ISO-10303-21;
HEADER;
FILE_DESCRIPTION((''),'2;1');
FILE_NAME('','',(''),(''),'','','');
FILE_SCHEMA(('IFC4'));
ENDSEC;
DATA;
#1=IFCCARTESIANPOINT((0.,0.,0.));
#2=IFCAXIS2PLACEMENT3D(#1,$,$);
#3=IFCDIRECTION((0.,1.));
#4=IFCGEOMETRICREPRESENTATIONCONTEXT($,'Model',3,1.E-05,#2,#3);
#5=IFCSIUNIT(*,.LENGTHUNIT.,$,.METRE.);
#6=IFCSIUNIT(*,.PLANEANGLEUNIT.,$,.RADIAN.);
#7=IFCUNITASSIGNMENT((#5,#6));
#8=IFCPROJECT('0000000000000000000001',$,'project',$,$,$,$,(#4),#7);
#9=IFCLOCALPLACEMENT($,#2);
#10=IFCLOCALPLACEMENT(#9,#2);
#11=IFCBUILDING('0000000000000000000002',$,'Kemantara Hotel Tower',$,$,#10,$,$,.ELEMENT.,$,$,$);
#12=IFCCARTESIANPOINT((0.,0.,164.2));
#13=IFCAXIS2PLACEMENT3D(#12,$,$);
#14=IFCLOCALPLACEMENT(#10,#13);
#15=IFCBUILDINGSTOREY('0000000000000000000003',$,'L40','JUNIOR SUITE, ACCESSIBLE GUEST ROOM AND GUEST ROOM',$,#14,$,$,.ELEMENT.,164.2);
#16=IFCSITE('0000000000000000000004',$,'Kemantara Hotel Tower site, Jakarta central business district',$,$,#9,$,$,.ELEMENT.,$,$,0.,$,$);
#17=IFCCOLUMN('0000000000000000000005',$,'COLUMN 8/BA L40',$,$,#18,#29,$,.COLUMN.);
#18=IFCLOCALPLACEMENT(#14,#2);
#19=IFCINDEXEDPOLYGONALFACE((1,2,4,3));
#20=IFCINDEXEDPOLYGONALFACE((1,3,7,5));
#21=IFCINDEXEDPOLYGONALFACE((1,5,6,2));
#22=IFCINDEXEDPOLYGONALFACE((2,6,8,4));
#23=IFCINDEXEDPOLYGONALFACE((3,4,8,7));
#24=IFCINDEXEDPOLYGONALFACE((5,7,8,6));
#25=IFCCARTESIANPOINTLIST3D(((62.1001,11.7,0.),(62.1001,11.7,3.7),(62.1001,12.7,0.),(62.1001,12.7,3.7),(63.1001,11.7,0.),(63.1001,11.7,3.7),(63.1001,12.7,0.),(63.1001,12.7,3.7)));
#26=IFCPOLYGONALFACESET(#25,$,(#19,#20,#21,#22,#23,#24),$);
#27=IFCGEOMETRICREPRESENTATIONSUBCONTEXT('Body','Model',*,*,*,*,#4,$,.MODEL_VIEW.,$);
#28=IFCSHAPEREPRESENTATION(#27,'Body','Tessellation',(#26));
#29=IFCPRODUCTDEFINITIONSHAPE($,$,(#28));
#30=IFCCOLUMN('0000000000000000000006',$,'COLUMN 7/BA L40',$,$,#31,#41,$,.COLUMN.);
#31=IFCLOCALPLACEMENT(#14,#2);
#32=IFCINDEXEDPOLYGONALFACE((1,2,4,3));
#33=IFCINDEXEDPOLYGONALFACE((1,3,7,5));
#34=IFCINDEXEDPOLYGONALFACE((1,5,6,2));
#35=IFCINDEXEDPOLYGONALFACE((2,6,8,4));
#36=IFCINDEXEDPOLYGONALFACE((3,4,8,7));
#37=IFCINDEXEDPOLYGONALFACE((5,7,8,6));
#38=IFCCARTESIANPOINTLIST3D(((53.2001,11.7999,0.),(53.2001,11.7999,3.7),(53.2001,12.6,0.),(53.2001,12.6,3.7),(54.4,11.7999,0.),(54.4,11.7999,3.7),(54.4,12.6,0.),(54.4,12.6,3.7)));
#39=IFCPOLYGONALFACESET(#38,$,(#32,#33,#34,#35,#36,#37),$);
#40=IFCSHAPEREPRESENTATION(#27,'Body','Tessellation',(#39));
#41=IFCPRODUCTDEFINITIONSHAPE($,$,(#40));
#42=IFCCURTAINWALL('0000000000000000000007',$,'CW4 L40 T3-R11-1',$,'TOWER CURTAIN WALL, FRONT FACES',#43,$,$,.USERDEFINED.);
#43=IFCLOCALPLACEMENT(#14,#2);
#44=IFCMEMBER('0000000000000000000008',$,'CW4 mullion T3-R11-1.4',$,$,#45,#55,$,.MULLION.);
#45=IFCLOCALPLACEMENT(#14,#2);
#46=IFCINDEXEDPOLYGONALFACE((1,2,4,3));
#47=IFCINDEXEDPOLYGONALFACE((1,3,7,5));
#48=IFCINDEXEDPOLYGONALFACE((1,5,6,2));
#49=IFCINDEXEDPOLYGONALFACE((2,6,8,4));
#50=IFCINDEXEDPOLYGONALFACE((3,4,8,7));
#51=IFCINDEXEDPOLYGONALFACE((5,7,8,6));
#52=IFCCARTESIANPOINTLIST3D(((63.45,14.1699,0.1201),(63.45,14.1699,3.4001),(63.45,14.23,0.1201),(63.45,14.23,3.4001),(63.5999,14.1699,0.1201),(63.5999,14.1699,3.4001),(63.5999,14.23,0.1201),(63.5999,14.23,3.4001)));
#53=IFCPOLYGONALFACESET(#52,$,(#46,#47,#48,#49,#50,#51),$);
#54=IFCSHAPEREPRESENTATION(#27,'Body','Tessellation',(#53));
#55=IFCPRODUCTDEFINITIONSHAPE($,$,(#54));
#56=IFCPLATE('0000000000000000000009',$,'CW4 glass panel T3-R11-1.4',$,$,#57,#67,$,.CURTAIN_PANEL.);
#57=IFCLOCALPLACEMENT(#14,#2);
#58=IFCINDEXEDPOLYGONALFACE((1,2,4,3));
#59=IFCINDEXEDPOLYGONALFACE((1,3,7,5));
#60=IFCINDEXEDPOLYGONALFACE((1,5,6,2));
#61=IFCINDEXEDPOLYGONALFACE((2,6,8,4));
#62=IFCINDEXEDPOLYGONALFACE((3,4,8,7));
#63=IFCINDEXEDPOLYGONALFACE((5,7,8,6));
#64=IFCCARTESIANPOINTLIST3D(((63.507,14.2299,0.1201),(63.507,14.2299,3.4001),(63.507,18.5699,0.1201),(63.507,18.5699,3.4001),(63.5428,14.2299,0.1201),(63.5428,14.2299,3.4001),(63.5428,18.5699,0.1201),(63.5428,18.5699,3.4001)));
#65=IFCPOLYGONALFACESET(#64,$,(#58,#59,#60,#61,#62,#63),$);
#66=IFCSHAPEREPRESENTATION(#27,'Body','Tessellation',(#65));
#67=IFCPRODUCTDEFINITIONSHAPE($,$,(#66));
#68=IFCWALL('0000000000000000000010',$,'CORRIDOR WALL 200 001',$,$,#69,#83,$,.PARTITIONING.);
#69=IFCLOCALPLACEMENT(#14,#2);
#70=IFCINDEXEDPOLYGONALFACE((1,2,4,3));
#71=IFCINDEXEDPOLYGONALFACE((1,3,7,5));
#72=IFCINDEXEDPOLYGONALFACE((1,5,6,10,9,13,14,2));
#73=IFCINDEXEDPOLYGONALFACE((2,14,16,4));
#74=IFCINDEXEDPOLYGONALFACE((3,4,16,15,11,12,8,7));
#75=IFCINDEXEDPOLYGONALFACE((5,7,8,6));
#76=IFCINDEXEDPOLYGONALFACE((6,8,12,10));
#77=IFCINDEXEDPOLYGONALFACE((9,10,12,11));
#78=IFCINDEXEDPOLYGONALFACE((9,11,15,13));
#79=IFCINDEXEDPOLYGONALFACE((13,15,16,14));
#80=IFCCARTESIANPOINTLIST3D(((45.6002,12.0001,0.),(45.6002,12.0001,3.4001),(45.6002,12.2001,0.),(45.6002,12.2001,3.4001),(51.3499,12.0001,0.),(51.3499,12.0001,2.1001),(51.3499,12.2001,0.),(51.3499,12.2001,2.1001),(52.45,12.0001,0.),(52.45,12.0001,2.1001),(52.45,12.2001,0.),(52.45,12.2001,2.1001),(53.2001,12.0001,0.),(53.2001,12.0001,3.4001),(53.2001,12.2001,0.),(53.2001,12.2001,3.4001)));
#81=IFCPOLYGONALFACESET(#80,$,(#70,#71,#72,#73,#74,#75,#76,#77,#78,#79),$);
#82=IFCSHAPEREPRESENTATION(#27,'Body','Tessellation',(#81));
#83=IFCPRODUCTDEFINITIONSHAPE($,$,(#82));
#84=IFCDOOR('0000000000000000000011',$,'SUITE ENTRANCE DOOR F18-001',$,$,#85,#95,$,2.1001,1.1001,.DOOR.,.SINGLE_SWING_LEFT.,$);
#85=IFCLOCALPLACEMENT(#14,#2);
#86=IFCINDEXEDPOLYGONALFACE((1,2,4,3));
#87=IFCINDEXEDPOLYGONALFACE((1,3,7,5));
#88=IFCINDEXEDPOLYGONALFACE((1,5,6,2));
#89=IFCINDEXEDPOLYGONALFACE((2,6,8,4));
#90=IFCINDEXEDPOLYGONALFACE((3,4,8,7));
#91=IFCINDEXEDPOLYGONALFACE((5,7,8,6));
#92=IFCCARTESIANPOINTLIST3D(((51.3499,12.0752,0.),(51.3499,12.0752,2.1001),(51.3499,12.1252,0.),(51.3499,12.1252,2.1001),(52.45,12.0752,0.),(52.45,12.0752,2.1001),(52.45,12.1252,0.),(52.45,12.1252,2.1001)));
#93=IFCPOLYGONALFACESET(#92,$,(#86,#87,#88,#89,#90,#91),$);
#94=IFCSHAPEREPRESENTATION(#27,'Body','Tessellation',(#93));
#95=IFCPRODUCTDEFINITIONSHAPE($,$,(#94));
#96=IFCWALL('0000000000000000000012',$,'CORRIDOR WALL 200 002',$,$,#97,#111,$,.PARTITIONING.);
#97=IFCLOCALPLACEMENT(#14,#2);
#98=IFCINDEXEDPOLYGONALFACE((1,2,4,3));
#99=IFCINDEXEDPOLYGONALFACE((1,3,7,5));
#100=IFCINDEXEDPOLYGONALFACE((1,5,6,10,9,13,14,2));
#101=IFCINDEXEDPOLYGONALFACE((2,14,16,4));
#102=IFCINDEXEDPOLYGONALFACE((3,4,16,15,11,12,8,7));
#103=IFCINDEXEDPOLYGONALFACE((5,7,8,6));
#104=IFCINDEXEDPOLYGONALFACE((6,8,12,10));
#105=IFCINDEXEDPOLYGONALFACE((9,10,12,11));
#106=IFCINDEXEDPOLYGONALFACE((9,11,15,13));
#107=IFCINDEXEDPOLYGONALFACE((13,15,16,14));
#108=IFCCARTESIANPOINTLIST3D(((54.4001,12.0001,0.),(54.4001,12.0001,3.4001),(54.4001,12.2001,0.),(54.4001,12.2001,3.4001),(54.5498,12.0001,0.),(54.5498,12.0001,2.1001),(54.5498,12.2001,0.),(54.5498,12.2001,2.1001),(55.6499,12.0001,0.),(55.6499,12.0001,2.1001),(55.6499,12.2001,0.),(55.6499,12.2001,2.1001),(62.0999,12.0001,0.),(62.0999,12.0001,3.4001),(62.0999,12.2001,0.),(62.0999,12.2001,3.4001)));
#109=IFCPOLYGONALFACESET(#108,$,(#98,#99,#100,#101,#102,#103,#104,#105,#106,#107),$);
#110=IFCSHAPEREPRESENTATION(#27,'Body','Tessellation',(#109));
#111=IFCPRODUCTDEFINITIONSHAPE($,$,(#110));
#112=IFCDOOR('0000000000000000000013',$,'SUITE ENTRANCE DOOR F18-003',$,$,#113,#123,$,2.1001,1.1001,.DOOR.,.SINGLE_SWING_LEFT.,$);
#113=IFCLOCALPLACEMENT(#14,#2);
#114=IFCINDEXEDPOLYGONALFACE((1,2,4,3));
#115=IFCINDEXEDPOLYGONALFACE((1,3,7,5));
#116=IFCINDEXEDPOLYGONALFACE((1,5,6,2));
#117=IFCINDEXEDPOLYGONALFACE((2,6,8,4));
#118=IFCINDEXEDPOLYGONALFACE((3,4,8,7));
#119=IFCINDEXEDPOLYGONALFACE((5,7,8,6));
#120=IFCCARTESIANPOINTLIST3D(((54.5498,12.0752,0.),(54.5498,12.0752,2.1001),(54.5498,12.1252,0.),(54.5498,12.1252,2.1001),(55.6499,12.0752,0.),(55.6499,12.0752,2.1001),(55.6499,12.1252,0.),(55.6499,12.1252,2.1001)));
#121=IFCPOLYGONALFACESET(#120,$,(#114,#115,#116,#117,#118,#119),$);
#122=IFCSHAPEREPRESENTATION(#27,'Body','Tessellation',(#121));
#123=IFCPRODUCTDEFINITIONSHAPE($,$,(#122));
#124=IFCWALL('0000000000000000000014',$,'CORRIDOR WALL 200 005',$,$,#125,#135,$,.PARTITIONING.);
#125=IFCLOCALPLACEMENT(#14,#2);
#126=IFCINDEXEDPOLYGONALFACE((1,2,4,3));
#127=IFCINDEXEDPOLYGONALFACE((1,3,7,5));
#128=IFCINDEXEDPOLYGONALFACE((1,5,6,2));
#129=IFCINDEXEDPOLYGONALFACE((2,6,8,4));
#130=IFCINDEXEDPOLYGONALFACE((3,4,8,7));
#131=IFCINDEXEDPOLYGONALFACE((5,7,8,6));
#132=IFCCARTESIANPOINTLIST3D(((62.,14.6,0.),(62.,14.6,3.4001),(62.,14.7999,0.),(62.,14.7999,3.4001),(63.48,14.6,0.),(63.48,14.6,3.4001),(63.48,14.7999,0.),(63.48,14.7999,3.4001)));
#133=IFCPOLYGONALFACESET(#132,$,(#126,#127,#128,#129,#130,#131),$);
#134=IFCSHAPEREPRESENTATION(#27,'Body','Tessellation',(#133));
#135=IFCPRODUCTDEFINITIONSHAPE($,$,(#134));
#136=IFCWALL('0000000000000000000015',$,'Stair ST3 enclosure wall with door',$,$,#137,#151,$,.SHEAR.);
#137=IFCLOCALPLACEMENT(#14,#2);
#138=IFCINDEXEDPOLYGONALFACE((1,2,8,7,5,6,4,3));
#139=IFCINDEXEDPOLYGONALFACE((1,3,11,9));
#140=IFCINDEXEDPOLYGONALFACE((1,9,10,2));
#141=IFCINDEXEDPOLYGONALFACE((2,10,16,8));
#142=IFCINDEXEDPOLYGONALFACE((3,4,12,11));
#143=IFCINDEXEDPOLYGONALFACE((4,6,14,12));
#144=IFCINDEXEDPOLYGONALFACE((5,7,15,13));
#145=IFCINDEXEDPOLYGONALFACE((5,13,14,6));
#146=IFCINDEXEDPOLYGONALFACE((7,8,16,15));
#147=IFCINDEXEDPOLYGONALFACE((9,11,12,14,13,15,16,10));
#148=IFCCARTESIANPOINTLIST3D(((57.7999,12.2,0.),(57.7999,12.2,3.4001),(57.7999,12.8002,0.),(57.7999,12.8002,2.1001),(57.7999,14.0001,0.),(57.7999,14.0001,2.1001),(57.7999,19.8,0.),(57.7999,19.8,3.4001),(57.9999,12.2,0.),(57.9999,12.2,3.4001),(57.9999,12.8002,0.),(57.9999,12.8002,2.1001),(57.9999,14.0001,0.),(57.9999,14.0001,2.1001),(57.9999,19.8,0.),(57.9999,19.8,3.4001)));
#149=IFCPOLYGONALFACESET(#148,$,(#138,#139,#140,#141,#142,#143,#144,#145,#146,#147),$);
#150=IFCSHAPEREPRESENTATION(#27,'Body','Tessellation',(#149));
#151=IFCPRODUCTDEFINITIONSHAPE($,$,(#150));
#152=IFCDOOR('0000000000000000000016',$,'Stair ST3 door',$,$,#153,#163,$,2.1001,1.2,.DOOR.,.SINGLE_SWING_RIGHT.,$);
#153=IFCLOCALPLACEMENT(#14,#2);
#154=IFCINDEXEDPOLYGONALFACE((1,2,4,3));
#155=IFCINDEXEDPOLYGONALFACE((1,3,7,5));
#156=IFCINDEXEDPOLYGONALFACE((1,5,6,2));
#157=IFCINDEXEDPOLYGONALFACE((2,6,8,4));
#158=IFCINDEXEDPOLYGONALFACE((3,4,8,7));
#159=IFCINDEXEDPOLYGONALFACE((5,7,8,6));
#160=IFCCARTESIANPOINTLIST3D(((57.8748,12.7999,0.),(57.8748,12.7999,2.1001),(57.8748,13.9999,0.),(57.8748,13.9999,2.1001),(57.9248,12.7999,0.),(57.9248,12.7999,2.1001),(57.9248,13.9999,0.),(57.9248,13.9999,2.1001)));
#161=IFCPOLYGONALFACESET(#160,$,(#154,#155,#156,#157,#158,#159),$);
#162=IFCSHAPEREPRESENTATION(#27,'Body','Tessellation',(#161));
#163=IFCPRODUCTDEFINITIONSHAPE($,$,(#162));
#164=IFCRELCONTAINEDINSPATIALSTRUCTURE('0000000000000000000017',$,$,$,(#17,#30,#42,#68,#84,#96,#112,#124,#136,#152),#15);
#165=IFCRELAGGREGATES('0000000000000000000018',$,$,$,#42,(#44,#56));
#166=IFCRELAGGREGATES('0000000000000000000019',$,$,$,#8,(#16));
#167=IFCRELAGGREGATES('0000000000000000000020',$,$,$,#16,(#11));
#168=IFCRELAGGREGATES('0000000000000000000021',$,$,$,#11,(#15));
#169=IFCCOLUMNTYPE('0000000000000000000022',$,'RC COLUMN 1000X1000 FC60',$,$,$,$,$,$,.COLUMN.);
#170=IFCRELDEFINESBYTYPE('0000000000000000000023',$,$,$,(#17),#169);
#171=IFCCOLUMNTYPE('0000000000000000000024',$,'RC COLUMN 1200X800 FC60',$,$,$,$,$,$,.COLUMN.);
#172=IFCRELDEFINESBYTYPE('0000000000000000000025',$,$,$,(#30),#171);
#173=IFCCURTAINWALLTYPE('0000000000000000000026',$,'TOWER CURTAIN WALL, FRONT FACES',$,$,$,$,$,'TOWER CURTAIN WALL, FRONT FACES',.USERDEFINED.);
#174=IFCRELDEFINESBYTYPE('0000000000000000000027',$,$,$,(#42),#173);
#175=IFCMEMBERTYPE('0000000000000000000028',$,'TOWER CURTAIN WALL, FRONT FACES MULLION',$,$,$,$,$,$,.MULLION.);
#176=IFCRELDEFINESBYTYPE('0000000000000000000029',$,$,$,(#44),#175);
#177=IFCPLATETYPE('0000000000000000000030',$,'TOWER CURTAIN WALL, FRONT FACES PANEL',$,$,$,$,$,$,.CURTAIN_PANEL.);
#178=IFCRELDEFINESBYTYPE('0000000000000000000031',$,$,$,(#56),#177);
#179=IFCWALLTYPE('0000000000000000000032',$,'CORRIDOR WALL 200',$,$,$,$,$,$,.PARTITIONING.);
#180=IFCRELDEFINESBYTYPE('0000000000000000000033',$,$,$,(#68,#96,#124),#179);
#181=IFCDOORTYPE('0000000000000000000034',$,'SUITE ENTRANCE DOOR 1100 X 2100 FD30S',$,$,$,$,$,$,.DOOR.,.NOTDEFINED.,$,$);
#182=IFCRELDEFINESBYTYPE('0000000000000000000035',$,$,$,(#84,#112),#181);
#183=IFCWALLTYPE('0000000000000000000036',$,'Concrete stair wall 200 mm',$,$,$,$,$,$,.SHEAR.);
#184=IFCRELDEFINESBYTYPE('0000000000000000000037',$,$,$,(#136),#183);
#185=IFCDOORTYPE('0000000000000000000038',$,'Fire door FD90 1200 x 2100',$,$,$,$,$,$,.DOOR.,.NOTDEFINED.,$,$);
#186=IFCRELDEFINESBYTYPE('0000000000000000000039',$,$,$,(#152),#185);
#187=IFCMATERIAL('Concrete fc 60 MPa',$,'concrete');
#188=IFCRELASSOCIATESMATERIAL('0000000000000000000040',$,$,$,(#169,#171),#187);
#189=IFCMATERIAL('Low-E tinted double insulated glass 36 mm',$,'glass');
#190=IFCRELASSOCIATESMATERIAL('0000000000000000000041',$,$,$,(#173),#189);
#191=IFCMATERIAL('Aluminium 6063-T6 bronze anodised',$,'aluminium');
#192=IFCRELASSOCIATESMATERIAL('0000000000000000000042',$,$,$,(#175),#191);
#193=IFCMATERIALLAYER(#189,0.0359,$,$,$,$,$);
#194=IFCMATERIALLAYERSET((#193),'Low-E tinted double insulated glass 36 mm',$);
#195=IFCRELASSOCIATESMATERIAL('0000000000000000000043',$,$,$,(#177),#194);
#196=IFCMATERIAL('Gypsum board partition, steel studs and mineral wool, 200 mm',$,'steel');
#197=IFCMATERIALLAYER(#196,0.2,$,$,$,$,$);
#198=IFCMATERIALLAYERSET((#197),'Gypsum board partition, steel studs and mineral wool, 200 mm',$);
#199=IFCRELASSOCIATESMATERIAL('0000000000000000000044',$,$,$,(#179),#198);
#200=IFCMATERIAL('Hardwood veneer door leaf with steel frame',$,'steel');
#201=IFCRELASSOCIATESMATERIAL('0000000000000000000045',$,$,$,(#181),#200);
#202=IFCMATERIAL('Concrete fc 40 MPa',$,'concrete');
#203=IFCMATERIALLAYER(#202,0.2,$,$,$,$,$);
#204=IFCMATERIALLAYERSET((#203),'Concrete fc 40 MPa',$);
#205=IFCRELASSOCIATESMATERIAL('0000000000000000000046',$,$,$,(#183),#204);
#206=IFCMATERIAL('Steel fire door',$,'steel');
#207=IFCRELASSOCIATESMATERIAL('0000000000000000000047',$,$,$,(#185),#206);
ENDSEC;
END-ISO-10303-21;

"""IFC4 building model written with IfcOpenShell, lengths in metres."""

from ifc_helpers import new_model, si_unit, direction, frame, frame_2d, origin, origin_2d, place, context, subcontext, project, spatial, rectangle, extrude, source, transform, mapped, material, layer, layer_set, material_profile, profile_set, type_object, element, fill, aggregate, save


model = new_model("IFC4")

# Units and contexts
model_context = context("Model", 3, precision=1e-05, world=origin(), true_north=direction((0.0, 1.0)))
body_context = subcontext(model_context, "Body", "Model", "MODEL_VIEW")
ifc_project = project(units=[si_unit("LENGTHUNIT", "METRE"), si_unit("PLANEANGLEUNIT", "RADIAN")], contexts=[model_context])

# Site, building, storey
site_placement = place(None, origin())
site = spatial("IfcSite", under=ifc_project, at=site_placement, Name="Kemantara Hotel Tower site, Jakarta central business district", CompositionType="ELEMENT", RefElevation=0.0)
building_placement = place(site_placement, origin())
building = spatial("IfcBuilding", under=site, at=building_placement, Name="Kemantara Hotel Tower", CompositionType="ELEMENT")
storey_placement = place(building_placement, frame((0.0, 0.0, 164.2)))
storey = spatial("IfcBuildingStorey", under=building, at=storey_placement, Name="L40", Description="JUNIOR SUITE, ACCESSIBLE GUEST ROOM AND GUEST ROOM", CompositionType="ELEMENT", Elevation=164.2)

# Columns
ifc_material_1 = material(Name="Concrete fc 60 MPa", Category="concrete")
ifc_material_profile_1 = material_profile(ifc_material_1, rectangle(XDim=1.0, YDim=1.0, at=origin_2d()), Name="RC 1000X1000")
ifc_profile_set_1 = profile_set([ifc_material_profile_1], Name="Concrete fc 60 MPa")
column_type_1 = type_object("IfcColumnType", Name="RC COLUMN 1000X1000 FC60", PredefinedType="COLUMN", material=ifc_profile_set_1)
column_1_placement = place(storey_placement, frame((62.6001, 12.2, 0.0), z_axis=(0.0, 0.0, 1.0), x_axis=(1.0, 0.0, 0.0)))
element("IfcColumn", 1, at=column_1_placement, inside=storey, type_object=column_type_1, Name="COLUMN 8/BA L40", PredefinedType="COLUMN", context=body_context, shape_type="SweptSolid", body=[
    extrude(rectangle(XDim=1.0, YDim=1.0, at=origin_2d()), origin(), (0.0, 0.0, 1.0), 3.7),
])
ifc_material_profile_2 = material_profile(ifc_material_1, rectangle(XDim=1.2, YDim=0.8, at=origin_2d()), Name="RC 1200X800")
ifc_profile_set_2 = profile_set([ifc_material_profile_2], Name="Concrete fc 60 MPa")
column_type_2 = type_object("IfcColumnType", Name="RC COLUMN 1200X800 FC60", PredefinedType="COLUMN", material=ifc_profile_set_2)
column_2_placement = place(storey_placement, frame((53.8, 12.2, 0.0), z_axis=(0.0, 0.0, 1.0), x_axis=(1.0, 0.0, 0.0)))
element("IfcColumn", 2, at=column_2_placement, inside=storey, type_object=column_type_2, Name="COLUMN 7/BA L40", PredefinedType="COLUMN", context=body_context, shape_type="SweptSolid", body=[
    extrude(rectangle(XDim=1.2, YDim=0.8, at=origin_2d()), origin(), (0.0, 0.0, 1.0), 3.7),
])

# Curtain wall, member, plate
ifc_material_2 = material(Name="Low-E tinted double insulated glass 36 mm", Category="glass")
curtain_wall_type = type_object("IfcCurtainWallType", Name="TOWER CURTAIN WALL, FRONT FACES", ElementType="TOWER CURTAIN WALL, FRONT FACES", PredefinedType="USERDEFINED", material=ifc_material_2)
curtain_wall_placement = place(storey_placement, origin())
curtain_wall = element("IfcCurtainWall", 3, at=curtain_wall_placement, inside=storey, type_object=curtain_wall_type, Name="CW4 L40 T3-R11-1", ObjectType="TOWER CURTAIN WALL, FRONT FACES", PredefinedType="USERDEFINED")
ifc_material_3 = material(Name="Aluminium 6063-T6 bronze anodised", Category="aluminium")
ifc_material_profile_3 = material_profile(ifc_material_3, rectangle(XDim=0.1499, YDim=0.0601, at=origin_2d()), Name="TOWER CURTAIN WALL, FRONT FACES MULLION")
ifc_profile_set_3 = profile_set([ifc_material_profile_3], Name="Aluminium 6063-T6 bronze anodised")
member_type = type_object("IfcMemberType", Name="TOWER CURTAIN WALL, FRONT FACES MULLION", PredefinedType="MULLION", material=ifc_profile_set_3)
shared_shape_1 = source(origin(), body_context, "Body", "SweptSolid", [
    extrude(rectangle(XDim=0.1499, YDim=0.0601, at=origin_2d()), origin(), (0.0, 0.0, 1.0), 3.28),
])
member_placement = place(storey_placement, frame((63.5249, 14.2, 0.1201), z_axis=(0.0, 0.0, 1.0), x_axis=(-1.0, 0.0, 0.0)))
member = element("IfcMember", 4, at=member_placement, type_object=member_type, Name="CW4 mullion T3-R11-1.4", PredefinedType="MULLION", context=body_context, shape_type="MappedRepresentation", body=[
    mapped(shared_shape_1, transform((0.0, 0.0, 0.0))),
])
ifc_layer_1 = layer(ifc_material_2, 0.0359)
ifc_layer_set_1 = layer_set([ifc_layer_1], Name="Low-E tinted double insulated glass 36 mm")
plate_type = type_object("IfcPlateType", Name="TOWER CURTAIN WALL, FRONT FACES PANEL", PredefinedType="CURTAIN_PANEL", material=ifc_layer_set_1)
shared_shape_2 = source(origin(), body_context, "Body", "SweptSolid", [
    extrude(rectangle(XDim=4.3401, YDim=0.0359, at=origin_2d()), origin(), (0.0, 0.0, 1.0), 3.28),
])
plate_placement = place(storey_placement, frame((63.5249, 16.3999, 0.1201), z_axis=(0.0, 0.0, 1.0), x_axis=(0.0, 1.0, 0.0)))
plate = element("IfcPlate", 5, at=plate_placement, type_object=plate_type, Name="CW4 glass panel T3-R11-1.4", PredefinedType="CURTAIN_PANEL", context=body_context, shape_type="MappedRepresentation", body=[
    mapped(shared_shape_2, transform((0.0, 0.0, 0.0))),
])
aggregate(curtain_wall, [member, plate])

# Walls, openings, doors
ifc_material_4 = material(Name="Gypsum board partition, steel studs and mineral wool, 200 mm", Category="steel")
ifc_layer_2 = layer(ifc_material_4, 0.2)
ifc_layer_set_2 = layer_set([ifc_layer_2], Name="Gypsum board partition, steel studs and mineral wool, 200 mm")
wall_type_1 = type_object("IfcWallType", Name="CORRIDOR WALL 200", PredefinedType="PARTITIONING", material=ifc_layer_set_2)
wall_1_placement = place(storey_placement, frame((53.2, 12.1001, 0.0), z_axis=(0.0, 0.0, 1.0), x_axis=(-1.0, 0.0, 0.0)))
wall_1 = element("IfcWall", 6, at=wall_1_placement, inside=storey, type_object=wall_type_1, Name="CORRIDOR WALL 200 001", PredefinedType="PARTITIONING", context=body_context, shape_type="SweptSolid", body=[
    extrude(rectangle(XDim=7.5999, YDim=0.2, at=frame_2d((3.7998, 0.0))), origin(), (0.0, 0.0, 1.0), 3.4001),
])
opening_1_placement = place(wall_1_placement, frame((0.75, 0.0, 0.0)))
opening_1 = element("IfcOpeningElement", 7, at=opening_1_placement, cuts=wall_1, PredefinedType="OPENING", context=body_context, shape_type="SweptSolid", body=[
    extrude(rectangle(XDim=1.1001, YDim=2.1001, at=frame_2d((0.55, 1.05))), frame((0.0, 0.1099, 0.0), z_axis=(0.0, -1.0, 0.0), x_axis=(1.0, 0.0, 0.0)), (0.0, 0.0, 1.0), 0.22),
])
ifc_material_5 = material(Name="Hardwood veneer door leaf with steel frame", Category="steel")
door_type_1 = type_object("IfcDoorType", Name="SUITE ENTRANCE DOOR 1100 X 2100 FD30S", OperationType="NOTDEFINED", PredefinedType="DOOR", material=ifc_material_5)
door_1_placement = place(opening_1_placement, origin())
door_1 = element("IfcDoor", 8, at=door_1_placement, inside=storey, type_object=door_type_1, Name="SUITE ENTRANCE DOOR F18-001", OperationType="SINGLE_SWING_LEFT", OverallHeight=2.1001, OverallWidth=1.1001, PredefinedType="DOOR", context=body_context, shape_type="SweptSolid", body=[
    extrude(rectangle(XDim=1.1001, YDim=2.1001, at=frame_2d((0.55, 1.05))), frame((0.0, 0.0249, 0.0), z_axis=(0.0, -1.0, 0.0), x_axis=(1.0, 0.0, 0.0)), (0.0, 0.0, 1.0), 0.05),
])
fill(opening_1, door_1)
wall_2_placement = place(storey_placement, frame((62.0999, 12.1001, 0.0), z_axis=(0.0, 0.0, 1.0), x_axis=(-1.0, 0.0, 0.0)))
wall_2 = element("IfcWall", 9, at=wall_2_placement, inside=storey, type_object=wall_type_1, Name="CORRIDOR WALL 200 002", PredefinedType="PARTITIONING", context=body_context, shape_type="SweptSolid", body=[
    extrude(rectangle(XDim=7.6997, YDim=0.2, at=frame_2d((3.8499, 0.0))), origin(), (0.0, 0.0, 1.0), 3.4001),
])
opening_2_placement = place(wall_2_placement, frame((6.45, 0.0, 0.0)))
opening_2 = element("IfcOpeningElement", 10, at=opening_2_placement, cuts=wall_2, PredefinedType="OPENING", context=body_context, shape_type="SweptSolid", body=[
    extrude(rectangle(XDim=1.1001, YDim=2.1001, at=frame_2d((0.55, 1.05))), frame((0.0, 0.1099, 0.0), z_axis=(0.0, -1.0, 0.0), x_axis=(1.0, 0.0, 0.0)), (0.0, 0.0, 1.0), 0.22),
])
door_2_placement = place(opening_2_placement, origin())
door_2 = element("IfcDoor", 11, at=door_2_placement, inside=storey, type_object=door_type_1, Name="SUITE ENTRANCE DOOR F18-003", OperationType="SINGLE_SWING_LEFT", OverallHeight=2.1001, OverallWidth=1.1001, PredefinedType="DOOR", context=body_context, shape_type="SweptSolid", body=[
    extrude(rectangle(XDim=1.1001, YDim=2.1001, at=frame_2d((0.55, 1.05))), frame((0.0, 0.0249, 0.0), z_axis=(0.0, -1.0, 0.0), x_axis=(1.0, 0.0, 0.0)), (0.0, 0.0, 1.0), 0.05),
])
fill(opening_2, door_2)

# Wall
wall_3_placement = place(storey_placement, frame((62.0, 14.7, 0.0), z_axis=(0.0, 0.0, 1.0), x_axis=(1.0, 0.0, 0.0)))
element("IfcWall", 12, at=wall_3_placement, inside=storey, type_object=wall_type_1, Name="CORRIDOR WALL 200 005", PredefinedType="PARTITIONING", context=body_context, shape_type="SweptSolid", body=[
    extrude(rectangle(XDim=1.48, YDim=0.2, at=frame_2d((0.74, 0.0))), origin(), (0.0, 0.0, 1.0), 3.4001),
])

# Wall, opening, door
ifc_material_6 = material(Name="Concrete fc 40 MPa", Category="concrete")
ifc_layer_3 = layer(ifc_material_6, 0.2)
ifc_layer_set_3 = layer_set([ifc_layer_3], Name="Concrete fc 40 MPa")
wall_type_2 = type_object("IfcWallType", Name="Concrete stair wall 200 mm", PredefinedType="SHEAR", material=ifc_layer_set_3)
wall_4_placement = place(storey_placement, frame((57.8999, 12.2, 0.0), z_axis=(0.0, 0.0, 1.0), x_axis=(0.0, 1.0, 0.0)))
wall_4 = element("IfcWall", 13, at=wall_4_placement, inside=storey, type_object=wall_type_2, Name="Stair ST3 enclosure wall with door", PredefinedType="SHEAR", context=body_context, shape_type="SweptSolid", body=[
    extrude(rectangle(XDim=7.6001, YDim=0.2, at=frame_2d((3.8, 0.0))), origin(), (0.0, 0.0, 1.0), 3.4001),
])
opening_3_placement = place(wall_4_placement, frame((0.6001, 0.0, 0.0)))
opening_3 = element("IfcOpeningElement", 14, at=opening_3_placement, cuts=wall_4, PredefinedType="OPENING", context=body_context, shape_type="SweptSolid", body=[
    extrude(rectangle(XDim=1.2, YDim=2.1001, at=frame_2d((0.6001, 1.05))), frame((0.0, 0.1099, 0.0), z_axis=(0.0, -1.0, 0.0), x_axis=(1.0, 0.0, 0.0)), (0.0, 0.0, 1.0), 0.22),
])
ifc_material_7 = material(Name="Steel fire door", Category="steel")
door_type_2 = type_object("IfcDoorType", Name="Fire door FD90 1200 x 2100", OperationType="NOTDEFINED", PredefinedType="DOOR", material=ifc_material_7)
door_3_placement = place(opening_3_placement, frame((1.2, 0.0, 0.0), z_axis=(0.0, 0.0, 1.0), x_axis=(-1.0, 0.0, 0.0)))
door_3 = element("IfcDoor", 15, at=door_3_placement, inside=storey, type_object=door_type_2, Name="Stair ST3 door", OperationType="SINGLE_SWING_RIGHT", OverallHeight=2.1001, OverallWidth=1.2, PredefinedType="DOOR", context=body_context, shape_type="SweptSolid", body=[
    extrude(rectangle(XDim=1.2, YDim=2.1001, at=frame_2d((0.6001, 1.05))), frame((0.0, 0.0249, 0.0), z_axis=(0.0, -1.0, 0.0), x_axis=(1.0, 0.0, 0.0)), (0.0, 0.0, 1.0), 0.05),
])
fill(opening_3, door_3)

save(model, "model.ifc")
